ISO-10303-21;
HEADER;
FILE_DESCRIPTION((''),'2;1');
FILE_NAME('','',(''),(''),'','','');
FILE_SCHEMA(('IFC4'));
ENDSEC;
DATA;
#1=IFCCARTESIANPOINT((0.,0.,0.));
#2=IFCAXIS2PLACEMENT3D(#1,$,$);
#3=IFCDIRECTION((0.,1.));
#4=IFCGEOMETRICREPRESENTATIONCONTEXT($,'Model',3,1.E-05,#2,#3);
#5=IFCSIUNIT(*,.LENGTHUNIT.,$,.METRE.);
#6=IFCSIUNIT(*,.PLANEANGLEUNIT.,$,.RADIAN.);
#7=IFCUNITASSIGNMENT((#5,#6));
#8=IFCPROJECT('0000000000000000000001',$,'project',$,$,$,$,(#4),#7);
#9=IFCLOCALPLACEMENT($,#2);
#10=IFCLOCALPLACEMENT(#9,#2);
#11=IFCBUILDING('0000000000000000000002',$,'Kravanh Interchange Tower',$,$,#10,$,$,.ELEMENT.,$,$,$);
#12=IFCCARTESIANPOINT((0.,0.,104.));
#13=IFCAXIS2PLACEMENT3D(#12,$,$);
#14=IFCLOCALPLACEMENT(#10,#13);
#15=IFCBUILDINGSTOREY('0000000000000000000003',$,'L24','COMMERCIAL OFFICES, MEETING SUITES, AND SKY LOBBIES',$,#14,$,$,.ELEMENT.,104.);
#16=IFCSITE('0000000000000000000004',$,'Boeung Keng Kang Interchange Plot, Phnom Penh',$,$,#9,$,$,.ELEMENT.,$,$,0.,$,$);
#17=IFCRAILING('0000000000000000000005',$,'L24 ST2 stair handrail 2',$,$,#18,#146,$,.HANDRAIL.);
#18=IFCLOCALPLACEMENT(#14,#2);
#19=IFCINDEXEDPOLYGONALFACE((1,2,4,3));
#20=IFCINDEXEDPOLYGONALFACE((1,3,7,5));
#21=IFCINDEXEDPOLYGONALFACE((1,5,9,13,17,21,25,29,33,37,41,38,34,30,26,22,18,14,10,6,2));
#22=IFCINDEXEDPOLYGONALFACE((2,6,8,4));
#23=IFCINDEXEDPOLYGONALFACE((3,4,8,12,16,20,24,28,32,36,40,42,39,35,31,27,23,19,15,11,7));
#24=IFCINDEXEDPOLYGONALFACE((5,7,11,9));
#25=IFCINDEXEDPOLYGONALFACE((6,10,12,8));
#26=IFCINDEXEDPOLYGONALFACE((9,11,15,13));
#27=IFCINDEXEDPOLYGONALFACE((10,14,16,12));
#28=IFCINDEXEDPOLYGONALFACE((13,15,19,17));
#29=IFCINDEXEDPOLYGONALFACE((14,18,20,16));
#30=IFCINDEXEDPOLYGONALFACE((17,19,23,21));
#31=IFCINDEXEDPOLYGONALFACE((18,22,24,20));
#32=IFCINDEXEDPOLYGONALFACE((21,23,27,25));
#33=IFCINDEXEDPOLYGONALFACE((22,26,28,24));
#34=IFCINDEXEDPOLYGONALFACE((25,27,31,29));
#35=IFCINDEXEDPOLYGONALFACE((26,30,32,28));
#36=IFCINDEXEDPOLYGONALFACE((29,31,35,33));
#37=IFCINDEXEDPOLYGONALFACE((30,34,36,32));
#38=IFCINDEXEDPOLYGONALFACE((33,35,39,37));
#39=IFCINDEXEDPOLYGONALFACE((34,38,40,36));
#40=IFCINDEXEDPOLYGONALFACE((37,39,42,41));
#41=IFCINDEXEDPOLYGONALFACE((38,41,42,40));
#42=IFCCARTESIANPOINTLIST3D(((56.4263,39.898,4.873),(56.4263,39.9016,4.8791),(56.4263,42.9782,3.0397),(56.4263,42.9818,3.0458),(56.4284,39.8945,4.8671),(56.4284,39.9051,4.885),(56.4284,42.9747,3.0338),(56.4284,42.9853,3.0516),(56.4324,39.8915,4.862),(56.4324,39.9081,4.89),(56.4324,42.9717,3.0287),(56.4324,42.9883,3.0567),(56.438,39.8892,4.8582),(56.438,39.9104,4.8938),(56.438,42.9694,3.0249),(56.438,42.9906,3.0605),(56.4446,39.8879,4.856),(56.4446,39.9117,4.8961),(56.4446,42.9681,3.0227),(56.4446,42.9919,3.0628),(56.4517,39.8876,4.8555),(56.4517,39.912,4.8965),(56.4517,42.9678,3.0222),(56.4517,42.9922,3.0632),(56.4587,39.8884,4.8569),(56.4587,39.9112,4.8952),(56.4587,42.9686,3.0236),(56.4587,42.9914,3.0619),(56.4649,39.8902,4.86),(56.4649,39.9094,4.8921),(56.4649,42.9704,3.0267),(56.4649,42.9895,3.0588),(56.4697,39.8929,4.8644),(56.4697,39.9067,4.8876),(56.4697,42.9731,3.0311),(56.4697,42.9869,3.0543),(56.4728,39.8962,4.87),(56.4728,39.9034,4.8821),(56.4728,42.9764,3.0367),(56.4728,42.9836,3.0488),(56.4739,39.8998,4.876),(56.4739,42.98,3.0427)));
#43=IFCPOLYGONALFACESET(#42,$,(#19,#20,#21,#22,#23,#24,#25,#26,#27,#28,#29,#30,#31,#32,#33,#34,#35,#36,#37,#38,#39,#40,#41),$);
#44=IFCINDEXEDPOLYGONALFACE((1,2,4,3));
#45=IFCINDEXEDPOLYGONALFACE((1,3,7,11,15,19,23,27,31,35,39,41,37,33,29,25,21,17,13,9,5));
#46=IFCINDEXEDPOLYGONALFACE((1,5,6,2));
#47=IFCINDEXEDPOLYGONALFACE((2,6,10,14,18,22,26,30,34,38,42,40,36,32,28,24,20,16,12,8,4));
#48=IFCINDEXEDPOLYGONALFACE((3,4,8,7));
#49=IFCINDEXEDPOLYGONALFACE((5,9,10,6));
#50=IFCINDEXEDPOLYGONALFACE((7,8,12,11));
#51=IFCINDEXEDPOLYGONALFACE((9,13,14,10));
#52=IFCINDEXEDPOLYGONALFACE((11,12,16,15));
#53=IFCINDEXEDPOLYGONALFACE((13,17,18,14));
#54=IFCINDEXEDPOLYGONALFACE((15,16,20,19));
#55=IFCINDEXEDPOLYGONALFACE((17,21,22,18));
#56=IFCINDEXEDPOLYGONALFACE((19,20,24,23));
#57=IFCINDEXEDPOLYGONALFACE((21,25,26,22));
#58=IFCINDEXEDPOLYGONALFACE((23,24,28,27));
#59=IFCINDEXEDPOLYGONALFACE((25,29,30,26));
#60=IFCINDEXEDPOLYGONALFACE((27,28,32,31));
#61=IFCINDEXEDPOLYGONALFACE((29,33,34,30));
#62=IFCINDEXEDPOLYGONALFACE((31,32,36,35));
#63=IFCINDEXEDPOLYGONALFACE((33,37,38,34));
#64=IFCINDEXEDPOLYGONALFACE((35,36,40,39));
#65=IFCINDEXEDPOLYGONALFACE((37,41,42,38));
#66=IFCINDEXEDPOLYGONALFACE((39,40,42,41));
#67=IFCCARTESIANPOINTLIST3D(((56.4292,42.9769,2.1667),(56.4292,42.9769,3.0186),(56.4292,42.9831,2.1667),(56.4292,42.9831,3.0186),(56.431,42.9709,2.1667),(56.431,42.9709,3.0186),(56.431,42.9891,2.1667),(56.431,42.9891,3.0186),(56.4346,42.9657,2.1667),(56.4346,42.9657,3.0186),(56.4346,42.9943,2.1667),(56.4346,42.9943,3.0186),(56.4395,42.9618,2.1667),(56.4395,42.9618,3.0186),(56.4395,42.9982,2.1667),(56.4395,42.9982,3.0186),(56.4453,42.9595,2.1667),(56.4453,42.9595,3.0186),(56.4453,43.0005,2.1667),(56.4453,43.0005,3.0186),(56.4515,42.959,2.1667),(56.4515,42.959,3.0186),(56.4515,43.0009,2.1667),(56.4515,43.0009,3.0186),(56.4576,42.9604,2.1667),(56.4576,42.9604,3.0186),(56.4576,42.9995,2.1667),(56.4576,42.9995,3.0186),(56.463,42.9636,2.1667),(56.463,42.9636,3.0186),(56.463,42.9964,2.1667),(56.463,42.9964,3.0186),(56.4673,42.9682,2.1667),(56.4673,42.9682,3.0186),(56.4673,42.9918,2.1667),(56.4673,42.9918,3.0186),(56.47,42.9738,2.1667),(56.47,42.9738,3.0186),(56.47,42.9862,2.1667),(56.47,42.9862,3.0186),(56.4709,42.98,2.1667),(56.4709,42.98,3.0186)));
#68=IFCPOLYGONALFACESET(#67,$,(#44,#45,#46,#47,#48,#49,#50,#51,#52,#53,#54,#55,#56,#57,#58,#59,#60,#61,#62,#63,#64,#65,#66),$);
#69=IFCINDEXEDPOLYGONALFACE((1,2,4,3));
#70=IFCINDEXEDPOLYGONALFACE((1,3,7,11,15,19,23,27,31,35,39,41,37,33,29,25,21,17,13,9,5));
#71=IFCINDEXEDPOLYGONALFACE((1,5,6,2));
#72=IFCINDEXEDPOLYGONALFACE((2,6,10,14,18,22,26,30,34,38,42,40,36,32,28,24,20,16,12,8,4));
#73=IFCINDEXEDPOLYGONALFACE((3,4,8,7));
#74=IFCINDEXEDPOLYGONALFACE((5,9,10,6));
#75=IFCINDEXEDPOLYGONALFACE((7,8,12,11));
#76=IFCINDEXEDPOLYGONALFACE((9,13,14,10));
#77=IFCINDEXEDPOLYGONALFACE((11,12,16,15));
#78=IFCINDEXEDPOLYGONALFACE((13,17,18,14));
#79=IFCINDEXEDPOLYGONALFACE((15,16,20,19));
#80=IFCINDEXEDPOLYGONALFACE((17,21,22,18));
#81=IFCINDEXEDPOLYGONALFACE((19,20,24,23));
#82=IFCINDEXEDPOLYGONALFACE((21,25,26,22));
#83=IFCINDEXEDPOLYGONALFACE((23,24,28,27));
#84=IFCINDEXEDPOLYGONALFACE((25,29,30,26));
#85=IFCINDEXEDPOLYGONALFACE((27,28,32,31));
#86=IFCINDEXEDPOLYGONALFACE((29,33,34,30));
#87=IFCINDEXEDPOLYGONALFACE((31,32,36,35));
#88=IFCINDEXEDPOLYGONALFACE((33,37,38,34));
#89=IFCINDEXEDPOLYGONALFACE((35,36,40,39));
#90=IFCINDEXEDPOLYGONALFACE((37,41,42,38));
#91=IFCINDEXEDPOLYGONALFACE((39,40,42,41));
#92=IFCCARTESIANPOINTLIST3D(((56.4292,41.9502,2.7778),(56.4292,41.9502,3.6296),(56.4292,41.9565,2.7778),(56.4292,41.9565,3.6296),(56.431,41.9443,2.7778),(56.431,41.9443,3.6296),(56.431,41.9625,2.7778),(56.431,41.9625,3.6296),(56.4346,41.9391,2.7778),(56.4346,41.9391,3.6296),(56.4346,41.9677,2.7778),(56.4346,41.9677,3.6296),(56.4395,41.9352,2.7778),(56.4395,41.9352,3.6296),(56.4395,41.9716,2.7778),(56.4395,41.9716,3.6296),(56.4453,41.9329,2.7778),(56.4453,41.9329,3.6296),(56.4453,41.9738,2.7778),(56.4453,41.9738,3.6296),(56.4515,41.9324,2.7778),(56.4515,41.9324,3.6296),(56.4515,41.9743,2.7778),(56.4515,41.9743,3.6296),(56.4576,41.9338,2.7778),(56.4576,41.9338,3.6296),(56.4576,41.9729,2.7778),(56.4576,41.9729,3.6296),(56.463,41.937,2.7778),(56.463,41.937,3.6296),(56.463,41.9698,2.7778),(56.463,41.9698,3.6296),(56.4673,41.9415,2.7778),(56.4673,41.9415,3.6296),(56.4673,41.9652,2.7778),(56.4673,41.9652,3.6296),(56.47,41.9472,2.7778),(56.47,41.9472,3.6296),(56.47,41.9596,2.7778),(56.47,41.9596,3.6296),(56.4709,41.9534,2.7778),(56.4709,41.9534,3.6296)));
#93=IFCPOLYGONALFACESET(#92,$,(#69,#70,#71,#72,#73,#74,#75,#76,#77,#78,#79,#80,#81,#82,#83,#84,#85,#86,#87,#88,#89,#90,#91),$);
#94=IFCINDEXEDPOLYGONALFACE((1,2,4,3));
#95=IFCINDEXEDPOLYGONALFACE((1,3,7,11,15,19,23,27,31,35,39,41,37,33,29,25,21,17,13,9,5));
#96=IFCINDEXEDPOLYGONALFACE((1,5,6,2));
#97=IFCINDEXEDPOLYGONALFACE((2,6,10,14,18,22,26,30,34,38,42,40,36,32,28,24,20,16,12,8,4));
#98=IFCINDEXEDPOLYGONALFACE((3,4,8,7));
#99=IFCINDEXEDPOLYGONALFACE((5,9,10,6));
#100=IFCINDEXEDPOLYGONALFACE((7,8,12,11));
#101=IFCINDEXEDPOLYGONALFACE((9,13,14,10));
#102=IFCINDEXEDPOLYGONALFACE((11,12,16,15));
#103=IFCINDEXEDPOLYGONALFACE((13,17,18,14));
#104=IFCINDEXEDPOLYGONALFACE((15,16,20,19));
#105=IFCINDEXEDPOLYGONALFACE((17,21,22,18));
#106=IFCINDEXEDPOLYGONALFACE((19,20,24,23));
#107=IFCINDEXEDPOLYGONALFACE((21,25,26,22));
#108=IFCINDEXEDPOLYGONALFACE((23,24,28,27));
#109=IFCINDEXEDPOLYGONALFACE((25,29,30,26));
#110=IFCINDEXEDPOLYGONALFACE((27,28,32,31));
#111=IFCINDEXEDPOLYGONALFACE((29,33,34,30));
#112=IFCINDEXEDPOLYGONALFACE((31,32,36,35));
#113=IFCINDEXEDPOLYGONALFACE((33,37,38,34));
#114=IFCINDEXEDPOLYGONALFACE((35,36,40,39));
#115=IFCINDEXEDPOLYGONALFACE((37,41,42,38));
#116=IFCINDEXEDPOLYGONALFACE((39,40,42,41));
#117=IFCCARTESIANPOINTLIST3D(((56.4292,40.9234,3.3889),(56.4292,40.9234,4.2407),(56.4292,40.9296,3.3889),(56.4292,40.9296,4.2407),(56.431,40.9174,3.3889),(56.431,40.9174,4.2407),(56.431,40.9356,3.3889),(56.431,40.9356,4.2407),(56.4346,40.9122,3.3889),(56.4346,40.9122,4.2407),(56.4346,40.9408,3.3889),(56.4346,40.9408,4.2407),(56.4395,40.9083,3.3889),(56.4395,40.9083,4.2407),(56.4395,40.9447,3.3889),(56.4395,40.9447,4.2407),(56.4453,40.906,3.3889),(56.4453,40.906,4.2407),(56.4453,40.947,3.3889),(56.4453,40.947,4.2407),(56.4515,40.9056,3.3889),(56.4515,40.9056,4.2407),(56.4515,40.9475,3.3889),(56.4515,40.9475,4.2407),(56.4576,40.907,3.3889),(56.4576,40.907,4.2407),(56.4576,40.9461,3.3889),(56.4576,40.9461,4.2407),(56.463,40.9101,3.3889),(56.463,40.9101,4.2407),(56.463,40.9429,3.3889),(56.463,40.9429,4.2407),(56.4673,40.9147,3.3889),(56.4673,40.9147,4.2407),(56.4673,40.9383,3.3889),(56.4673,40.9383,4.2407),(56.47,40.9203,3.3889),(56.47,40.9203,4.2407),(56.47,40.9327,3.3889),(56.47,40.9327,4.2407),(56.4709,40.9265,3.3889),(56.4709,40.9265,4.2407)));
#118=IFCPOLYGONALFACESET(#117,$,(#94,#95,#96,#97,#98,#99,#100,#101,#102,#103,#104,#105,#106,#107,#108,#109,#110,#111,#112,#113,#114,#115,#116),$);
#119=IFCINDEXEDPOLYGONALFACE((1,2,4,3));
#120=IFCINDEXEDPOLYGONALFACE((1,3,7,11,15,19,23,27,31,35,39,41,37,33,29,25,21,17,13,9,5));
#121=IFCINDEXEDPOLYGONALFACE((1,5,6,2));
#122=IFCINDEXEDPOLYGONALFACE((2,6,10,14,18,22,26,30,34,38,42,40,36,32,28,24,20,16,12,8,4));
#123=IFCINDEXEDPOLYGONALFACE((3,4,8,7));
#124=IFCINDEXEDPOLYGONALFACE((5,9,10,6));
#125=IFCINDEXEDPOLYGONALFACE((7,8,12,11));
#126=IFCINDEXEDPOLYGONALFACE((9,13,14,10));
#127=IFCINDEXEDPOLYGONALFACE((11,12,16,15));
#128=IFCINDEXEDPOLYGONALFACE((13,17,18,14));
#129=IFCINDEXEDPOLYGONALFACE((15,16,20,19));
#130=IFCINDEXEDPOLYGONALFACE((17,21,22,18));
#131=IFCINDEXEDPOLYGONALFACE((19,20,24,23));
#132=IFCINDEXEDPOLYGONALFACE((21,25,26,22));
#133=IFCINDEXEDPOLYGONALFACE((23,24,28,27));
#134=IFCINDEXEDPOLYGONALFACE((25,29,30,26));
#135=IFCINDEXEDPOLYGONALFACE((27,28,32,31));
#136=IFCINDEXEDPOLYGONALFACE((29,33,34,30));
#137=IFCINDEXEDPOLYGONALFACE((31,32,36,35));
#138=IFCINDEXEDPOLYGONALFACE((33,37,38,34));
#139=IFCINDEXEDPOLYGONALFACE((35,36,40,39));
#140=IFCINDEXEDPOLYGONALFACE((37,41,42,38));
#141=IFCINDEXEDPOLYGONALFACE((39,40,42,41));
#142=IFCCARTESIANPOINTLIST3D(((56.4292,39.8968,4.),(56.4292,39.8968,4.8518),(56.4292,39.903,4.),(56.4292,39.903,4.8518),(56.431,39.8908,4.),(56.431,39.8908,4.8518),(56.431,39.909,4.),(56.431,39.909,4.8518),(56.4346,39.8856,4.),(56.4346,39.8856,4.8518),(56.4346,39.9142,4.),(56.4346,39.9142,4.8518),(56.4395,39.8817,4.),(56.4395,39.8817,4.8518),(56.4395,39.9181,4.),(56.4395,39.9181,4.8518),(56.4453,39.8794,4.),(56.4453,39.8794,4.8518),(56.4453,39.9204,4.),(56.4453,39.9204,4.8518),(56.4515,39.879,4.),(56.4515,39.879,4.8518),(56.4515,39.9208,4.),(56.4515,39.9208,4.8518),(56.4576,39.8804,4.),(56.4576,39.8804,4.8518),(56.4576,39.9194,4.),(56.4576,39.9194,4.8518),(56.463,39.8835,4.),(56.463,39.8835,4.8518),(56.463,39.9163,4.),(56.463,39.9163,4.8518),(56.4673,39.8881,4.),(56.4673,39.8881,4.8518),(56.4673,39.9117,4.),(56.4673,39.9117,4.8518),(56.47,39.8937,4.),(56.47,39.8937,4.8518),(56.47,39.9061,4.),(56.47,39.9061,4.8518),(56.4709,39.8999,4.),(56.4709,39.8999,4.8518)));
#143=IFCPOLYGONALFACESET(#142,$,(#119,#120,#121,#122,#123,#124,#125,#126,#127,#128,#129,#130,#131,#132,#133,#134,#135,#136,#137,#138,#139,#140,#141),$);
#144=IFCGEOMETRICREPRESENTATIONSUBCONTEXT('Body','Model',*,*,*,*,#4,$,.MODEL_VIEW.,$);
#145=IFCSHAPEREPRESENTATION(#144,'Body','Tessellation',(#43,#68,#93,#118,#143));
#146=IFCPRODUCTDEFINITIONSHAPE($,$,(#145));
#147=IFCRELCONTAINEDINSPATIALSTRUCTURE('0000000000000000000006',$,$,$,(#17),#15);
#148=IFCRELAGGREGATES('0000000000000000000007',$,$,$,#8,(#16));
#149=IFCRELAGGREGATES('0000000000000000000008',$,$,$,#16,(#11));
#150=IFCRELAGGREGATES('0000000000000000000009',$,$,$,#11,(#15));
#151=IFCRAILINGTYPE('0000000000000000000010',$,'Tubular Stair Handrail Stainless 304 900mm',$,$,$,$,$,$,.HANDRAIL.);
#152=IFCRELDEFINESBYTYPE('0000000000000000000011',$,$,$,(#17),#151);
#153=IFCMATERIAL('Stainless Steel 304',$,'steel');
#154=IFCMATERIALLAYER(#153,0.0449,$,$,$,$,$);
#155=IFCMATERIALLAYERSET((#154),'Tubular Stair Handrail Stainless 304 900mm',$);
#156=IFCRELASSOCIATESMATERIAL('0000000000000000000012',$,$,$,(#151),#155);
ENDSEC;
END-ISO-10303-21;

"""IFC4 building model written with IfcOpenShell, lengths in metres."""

from ifc_helpers import new_model, si_unit, direction, frame, origin, origin_2d, place, context, subcontext, project, spatial, circle, extrude, material, layer, layer_set, type_object, element, save


model = new_model("IFC4")

# Units and contexts
model_context = context("Model", 3, precision=1e-05, world=origin(), true_north=direction((0.0, 1.0)))
body_context = subcontext(model_context, "Body", "Model", "MODEL_VIEW")
ifc_project = project(units=[si_unit("LENGTHUNIT", "METRE"), si_unit("PLANEANGLEUNIT", "RADIAN")], contexts=[model_context])

# Site, building, storey
site_placement = place(None, origin())
site = spatial("IfcSite", under=ifc_project, at=site_placement, Name="Boeung Keng Kang Interchange Plot, Phnom Penh", CompositionType="ELEMENT", RefElevation=0.0)
building_placement = place(site_placement, origin())
building = spatial("IfcBuilding", under=site, at=building_placement, Name="Kravanh Interchange Tower", CompositionType="ELEMENT")
storey_placement = place(building_placement, frame((0.0, 0.0, 104.0)))
storey = spatial("IfcBuildingStorey", under=building, at=storey_placement, Name="L24", Description="COMMERCIAL OFFICES, MEETING SUITES, AND SKY LOBBIES", CompositionType="ELEMENT", Elevation=104.0)

# Railing
ifc_material_1 = material(Name="Stainless Steel 304", Category="steel")
ifc_layer_1 = layer(ifc_material_1, 0.0449)
ifc_layer_set_1 = layer_set([ifc_layer_1], Name="Tubular Stair Handrail Stainless 304 900mm")
railing_type_1 = type_object("IfcRailingType", Name="Tubular Stair Handrail Stainless 304 900mm", PredefinedType="HANDRAIL", material=ifc_layer_set_1)
railing_1_placement = place(storey_placement, frame((56.45, 42.98, 2.1667)))
element("IfcRailing", 1, at=railing_1_placement, inside=storey, type_object=railing_type_1, Name="L24 ST2 stair handrail 2", PredefinedType="HANDRAIL", context=body_context, shape_type="SweptSolid", body=[
    extrude(circle(Radius=0.0239, at=origin_2d()), frame((0.0, 0.0, 0.876), z_axis=(0.0, -0.859309, 0.511458), x_axis=(1.0, 0.0, 0.0)), (0.0, 0.0, 1.0), 3.5845),
    extrude(circle(Radius=0.021, at=origin_2d()), origin(), (0.0, 0.0, 1.0), 0.8518),
    extrude(circle(Radius=0.021, at=origin_2d()), frame((0.0, -1.0266, 0.6111)), (0.0, 0.0, 1.0), 0.8518),
    extrude(circle(Radius=0.021, at=origin_2d()), frame((0.0, -2.0535, 1.2222)), (0.0, 0.0, 1.0), 0.8518),
    extrude(circle(Radius=0.021, at=origin_2d()), frame((0.0, -3.0801, 1.8333)), (0.0, 0.0, 1.0), 0.8518),
])

save(model, "model.ifc")
